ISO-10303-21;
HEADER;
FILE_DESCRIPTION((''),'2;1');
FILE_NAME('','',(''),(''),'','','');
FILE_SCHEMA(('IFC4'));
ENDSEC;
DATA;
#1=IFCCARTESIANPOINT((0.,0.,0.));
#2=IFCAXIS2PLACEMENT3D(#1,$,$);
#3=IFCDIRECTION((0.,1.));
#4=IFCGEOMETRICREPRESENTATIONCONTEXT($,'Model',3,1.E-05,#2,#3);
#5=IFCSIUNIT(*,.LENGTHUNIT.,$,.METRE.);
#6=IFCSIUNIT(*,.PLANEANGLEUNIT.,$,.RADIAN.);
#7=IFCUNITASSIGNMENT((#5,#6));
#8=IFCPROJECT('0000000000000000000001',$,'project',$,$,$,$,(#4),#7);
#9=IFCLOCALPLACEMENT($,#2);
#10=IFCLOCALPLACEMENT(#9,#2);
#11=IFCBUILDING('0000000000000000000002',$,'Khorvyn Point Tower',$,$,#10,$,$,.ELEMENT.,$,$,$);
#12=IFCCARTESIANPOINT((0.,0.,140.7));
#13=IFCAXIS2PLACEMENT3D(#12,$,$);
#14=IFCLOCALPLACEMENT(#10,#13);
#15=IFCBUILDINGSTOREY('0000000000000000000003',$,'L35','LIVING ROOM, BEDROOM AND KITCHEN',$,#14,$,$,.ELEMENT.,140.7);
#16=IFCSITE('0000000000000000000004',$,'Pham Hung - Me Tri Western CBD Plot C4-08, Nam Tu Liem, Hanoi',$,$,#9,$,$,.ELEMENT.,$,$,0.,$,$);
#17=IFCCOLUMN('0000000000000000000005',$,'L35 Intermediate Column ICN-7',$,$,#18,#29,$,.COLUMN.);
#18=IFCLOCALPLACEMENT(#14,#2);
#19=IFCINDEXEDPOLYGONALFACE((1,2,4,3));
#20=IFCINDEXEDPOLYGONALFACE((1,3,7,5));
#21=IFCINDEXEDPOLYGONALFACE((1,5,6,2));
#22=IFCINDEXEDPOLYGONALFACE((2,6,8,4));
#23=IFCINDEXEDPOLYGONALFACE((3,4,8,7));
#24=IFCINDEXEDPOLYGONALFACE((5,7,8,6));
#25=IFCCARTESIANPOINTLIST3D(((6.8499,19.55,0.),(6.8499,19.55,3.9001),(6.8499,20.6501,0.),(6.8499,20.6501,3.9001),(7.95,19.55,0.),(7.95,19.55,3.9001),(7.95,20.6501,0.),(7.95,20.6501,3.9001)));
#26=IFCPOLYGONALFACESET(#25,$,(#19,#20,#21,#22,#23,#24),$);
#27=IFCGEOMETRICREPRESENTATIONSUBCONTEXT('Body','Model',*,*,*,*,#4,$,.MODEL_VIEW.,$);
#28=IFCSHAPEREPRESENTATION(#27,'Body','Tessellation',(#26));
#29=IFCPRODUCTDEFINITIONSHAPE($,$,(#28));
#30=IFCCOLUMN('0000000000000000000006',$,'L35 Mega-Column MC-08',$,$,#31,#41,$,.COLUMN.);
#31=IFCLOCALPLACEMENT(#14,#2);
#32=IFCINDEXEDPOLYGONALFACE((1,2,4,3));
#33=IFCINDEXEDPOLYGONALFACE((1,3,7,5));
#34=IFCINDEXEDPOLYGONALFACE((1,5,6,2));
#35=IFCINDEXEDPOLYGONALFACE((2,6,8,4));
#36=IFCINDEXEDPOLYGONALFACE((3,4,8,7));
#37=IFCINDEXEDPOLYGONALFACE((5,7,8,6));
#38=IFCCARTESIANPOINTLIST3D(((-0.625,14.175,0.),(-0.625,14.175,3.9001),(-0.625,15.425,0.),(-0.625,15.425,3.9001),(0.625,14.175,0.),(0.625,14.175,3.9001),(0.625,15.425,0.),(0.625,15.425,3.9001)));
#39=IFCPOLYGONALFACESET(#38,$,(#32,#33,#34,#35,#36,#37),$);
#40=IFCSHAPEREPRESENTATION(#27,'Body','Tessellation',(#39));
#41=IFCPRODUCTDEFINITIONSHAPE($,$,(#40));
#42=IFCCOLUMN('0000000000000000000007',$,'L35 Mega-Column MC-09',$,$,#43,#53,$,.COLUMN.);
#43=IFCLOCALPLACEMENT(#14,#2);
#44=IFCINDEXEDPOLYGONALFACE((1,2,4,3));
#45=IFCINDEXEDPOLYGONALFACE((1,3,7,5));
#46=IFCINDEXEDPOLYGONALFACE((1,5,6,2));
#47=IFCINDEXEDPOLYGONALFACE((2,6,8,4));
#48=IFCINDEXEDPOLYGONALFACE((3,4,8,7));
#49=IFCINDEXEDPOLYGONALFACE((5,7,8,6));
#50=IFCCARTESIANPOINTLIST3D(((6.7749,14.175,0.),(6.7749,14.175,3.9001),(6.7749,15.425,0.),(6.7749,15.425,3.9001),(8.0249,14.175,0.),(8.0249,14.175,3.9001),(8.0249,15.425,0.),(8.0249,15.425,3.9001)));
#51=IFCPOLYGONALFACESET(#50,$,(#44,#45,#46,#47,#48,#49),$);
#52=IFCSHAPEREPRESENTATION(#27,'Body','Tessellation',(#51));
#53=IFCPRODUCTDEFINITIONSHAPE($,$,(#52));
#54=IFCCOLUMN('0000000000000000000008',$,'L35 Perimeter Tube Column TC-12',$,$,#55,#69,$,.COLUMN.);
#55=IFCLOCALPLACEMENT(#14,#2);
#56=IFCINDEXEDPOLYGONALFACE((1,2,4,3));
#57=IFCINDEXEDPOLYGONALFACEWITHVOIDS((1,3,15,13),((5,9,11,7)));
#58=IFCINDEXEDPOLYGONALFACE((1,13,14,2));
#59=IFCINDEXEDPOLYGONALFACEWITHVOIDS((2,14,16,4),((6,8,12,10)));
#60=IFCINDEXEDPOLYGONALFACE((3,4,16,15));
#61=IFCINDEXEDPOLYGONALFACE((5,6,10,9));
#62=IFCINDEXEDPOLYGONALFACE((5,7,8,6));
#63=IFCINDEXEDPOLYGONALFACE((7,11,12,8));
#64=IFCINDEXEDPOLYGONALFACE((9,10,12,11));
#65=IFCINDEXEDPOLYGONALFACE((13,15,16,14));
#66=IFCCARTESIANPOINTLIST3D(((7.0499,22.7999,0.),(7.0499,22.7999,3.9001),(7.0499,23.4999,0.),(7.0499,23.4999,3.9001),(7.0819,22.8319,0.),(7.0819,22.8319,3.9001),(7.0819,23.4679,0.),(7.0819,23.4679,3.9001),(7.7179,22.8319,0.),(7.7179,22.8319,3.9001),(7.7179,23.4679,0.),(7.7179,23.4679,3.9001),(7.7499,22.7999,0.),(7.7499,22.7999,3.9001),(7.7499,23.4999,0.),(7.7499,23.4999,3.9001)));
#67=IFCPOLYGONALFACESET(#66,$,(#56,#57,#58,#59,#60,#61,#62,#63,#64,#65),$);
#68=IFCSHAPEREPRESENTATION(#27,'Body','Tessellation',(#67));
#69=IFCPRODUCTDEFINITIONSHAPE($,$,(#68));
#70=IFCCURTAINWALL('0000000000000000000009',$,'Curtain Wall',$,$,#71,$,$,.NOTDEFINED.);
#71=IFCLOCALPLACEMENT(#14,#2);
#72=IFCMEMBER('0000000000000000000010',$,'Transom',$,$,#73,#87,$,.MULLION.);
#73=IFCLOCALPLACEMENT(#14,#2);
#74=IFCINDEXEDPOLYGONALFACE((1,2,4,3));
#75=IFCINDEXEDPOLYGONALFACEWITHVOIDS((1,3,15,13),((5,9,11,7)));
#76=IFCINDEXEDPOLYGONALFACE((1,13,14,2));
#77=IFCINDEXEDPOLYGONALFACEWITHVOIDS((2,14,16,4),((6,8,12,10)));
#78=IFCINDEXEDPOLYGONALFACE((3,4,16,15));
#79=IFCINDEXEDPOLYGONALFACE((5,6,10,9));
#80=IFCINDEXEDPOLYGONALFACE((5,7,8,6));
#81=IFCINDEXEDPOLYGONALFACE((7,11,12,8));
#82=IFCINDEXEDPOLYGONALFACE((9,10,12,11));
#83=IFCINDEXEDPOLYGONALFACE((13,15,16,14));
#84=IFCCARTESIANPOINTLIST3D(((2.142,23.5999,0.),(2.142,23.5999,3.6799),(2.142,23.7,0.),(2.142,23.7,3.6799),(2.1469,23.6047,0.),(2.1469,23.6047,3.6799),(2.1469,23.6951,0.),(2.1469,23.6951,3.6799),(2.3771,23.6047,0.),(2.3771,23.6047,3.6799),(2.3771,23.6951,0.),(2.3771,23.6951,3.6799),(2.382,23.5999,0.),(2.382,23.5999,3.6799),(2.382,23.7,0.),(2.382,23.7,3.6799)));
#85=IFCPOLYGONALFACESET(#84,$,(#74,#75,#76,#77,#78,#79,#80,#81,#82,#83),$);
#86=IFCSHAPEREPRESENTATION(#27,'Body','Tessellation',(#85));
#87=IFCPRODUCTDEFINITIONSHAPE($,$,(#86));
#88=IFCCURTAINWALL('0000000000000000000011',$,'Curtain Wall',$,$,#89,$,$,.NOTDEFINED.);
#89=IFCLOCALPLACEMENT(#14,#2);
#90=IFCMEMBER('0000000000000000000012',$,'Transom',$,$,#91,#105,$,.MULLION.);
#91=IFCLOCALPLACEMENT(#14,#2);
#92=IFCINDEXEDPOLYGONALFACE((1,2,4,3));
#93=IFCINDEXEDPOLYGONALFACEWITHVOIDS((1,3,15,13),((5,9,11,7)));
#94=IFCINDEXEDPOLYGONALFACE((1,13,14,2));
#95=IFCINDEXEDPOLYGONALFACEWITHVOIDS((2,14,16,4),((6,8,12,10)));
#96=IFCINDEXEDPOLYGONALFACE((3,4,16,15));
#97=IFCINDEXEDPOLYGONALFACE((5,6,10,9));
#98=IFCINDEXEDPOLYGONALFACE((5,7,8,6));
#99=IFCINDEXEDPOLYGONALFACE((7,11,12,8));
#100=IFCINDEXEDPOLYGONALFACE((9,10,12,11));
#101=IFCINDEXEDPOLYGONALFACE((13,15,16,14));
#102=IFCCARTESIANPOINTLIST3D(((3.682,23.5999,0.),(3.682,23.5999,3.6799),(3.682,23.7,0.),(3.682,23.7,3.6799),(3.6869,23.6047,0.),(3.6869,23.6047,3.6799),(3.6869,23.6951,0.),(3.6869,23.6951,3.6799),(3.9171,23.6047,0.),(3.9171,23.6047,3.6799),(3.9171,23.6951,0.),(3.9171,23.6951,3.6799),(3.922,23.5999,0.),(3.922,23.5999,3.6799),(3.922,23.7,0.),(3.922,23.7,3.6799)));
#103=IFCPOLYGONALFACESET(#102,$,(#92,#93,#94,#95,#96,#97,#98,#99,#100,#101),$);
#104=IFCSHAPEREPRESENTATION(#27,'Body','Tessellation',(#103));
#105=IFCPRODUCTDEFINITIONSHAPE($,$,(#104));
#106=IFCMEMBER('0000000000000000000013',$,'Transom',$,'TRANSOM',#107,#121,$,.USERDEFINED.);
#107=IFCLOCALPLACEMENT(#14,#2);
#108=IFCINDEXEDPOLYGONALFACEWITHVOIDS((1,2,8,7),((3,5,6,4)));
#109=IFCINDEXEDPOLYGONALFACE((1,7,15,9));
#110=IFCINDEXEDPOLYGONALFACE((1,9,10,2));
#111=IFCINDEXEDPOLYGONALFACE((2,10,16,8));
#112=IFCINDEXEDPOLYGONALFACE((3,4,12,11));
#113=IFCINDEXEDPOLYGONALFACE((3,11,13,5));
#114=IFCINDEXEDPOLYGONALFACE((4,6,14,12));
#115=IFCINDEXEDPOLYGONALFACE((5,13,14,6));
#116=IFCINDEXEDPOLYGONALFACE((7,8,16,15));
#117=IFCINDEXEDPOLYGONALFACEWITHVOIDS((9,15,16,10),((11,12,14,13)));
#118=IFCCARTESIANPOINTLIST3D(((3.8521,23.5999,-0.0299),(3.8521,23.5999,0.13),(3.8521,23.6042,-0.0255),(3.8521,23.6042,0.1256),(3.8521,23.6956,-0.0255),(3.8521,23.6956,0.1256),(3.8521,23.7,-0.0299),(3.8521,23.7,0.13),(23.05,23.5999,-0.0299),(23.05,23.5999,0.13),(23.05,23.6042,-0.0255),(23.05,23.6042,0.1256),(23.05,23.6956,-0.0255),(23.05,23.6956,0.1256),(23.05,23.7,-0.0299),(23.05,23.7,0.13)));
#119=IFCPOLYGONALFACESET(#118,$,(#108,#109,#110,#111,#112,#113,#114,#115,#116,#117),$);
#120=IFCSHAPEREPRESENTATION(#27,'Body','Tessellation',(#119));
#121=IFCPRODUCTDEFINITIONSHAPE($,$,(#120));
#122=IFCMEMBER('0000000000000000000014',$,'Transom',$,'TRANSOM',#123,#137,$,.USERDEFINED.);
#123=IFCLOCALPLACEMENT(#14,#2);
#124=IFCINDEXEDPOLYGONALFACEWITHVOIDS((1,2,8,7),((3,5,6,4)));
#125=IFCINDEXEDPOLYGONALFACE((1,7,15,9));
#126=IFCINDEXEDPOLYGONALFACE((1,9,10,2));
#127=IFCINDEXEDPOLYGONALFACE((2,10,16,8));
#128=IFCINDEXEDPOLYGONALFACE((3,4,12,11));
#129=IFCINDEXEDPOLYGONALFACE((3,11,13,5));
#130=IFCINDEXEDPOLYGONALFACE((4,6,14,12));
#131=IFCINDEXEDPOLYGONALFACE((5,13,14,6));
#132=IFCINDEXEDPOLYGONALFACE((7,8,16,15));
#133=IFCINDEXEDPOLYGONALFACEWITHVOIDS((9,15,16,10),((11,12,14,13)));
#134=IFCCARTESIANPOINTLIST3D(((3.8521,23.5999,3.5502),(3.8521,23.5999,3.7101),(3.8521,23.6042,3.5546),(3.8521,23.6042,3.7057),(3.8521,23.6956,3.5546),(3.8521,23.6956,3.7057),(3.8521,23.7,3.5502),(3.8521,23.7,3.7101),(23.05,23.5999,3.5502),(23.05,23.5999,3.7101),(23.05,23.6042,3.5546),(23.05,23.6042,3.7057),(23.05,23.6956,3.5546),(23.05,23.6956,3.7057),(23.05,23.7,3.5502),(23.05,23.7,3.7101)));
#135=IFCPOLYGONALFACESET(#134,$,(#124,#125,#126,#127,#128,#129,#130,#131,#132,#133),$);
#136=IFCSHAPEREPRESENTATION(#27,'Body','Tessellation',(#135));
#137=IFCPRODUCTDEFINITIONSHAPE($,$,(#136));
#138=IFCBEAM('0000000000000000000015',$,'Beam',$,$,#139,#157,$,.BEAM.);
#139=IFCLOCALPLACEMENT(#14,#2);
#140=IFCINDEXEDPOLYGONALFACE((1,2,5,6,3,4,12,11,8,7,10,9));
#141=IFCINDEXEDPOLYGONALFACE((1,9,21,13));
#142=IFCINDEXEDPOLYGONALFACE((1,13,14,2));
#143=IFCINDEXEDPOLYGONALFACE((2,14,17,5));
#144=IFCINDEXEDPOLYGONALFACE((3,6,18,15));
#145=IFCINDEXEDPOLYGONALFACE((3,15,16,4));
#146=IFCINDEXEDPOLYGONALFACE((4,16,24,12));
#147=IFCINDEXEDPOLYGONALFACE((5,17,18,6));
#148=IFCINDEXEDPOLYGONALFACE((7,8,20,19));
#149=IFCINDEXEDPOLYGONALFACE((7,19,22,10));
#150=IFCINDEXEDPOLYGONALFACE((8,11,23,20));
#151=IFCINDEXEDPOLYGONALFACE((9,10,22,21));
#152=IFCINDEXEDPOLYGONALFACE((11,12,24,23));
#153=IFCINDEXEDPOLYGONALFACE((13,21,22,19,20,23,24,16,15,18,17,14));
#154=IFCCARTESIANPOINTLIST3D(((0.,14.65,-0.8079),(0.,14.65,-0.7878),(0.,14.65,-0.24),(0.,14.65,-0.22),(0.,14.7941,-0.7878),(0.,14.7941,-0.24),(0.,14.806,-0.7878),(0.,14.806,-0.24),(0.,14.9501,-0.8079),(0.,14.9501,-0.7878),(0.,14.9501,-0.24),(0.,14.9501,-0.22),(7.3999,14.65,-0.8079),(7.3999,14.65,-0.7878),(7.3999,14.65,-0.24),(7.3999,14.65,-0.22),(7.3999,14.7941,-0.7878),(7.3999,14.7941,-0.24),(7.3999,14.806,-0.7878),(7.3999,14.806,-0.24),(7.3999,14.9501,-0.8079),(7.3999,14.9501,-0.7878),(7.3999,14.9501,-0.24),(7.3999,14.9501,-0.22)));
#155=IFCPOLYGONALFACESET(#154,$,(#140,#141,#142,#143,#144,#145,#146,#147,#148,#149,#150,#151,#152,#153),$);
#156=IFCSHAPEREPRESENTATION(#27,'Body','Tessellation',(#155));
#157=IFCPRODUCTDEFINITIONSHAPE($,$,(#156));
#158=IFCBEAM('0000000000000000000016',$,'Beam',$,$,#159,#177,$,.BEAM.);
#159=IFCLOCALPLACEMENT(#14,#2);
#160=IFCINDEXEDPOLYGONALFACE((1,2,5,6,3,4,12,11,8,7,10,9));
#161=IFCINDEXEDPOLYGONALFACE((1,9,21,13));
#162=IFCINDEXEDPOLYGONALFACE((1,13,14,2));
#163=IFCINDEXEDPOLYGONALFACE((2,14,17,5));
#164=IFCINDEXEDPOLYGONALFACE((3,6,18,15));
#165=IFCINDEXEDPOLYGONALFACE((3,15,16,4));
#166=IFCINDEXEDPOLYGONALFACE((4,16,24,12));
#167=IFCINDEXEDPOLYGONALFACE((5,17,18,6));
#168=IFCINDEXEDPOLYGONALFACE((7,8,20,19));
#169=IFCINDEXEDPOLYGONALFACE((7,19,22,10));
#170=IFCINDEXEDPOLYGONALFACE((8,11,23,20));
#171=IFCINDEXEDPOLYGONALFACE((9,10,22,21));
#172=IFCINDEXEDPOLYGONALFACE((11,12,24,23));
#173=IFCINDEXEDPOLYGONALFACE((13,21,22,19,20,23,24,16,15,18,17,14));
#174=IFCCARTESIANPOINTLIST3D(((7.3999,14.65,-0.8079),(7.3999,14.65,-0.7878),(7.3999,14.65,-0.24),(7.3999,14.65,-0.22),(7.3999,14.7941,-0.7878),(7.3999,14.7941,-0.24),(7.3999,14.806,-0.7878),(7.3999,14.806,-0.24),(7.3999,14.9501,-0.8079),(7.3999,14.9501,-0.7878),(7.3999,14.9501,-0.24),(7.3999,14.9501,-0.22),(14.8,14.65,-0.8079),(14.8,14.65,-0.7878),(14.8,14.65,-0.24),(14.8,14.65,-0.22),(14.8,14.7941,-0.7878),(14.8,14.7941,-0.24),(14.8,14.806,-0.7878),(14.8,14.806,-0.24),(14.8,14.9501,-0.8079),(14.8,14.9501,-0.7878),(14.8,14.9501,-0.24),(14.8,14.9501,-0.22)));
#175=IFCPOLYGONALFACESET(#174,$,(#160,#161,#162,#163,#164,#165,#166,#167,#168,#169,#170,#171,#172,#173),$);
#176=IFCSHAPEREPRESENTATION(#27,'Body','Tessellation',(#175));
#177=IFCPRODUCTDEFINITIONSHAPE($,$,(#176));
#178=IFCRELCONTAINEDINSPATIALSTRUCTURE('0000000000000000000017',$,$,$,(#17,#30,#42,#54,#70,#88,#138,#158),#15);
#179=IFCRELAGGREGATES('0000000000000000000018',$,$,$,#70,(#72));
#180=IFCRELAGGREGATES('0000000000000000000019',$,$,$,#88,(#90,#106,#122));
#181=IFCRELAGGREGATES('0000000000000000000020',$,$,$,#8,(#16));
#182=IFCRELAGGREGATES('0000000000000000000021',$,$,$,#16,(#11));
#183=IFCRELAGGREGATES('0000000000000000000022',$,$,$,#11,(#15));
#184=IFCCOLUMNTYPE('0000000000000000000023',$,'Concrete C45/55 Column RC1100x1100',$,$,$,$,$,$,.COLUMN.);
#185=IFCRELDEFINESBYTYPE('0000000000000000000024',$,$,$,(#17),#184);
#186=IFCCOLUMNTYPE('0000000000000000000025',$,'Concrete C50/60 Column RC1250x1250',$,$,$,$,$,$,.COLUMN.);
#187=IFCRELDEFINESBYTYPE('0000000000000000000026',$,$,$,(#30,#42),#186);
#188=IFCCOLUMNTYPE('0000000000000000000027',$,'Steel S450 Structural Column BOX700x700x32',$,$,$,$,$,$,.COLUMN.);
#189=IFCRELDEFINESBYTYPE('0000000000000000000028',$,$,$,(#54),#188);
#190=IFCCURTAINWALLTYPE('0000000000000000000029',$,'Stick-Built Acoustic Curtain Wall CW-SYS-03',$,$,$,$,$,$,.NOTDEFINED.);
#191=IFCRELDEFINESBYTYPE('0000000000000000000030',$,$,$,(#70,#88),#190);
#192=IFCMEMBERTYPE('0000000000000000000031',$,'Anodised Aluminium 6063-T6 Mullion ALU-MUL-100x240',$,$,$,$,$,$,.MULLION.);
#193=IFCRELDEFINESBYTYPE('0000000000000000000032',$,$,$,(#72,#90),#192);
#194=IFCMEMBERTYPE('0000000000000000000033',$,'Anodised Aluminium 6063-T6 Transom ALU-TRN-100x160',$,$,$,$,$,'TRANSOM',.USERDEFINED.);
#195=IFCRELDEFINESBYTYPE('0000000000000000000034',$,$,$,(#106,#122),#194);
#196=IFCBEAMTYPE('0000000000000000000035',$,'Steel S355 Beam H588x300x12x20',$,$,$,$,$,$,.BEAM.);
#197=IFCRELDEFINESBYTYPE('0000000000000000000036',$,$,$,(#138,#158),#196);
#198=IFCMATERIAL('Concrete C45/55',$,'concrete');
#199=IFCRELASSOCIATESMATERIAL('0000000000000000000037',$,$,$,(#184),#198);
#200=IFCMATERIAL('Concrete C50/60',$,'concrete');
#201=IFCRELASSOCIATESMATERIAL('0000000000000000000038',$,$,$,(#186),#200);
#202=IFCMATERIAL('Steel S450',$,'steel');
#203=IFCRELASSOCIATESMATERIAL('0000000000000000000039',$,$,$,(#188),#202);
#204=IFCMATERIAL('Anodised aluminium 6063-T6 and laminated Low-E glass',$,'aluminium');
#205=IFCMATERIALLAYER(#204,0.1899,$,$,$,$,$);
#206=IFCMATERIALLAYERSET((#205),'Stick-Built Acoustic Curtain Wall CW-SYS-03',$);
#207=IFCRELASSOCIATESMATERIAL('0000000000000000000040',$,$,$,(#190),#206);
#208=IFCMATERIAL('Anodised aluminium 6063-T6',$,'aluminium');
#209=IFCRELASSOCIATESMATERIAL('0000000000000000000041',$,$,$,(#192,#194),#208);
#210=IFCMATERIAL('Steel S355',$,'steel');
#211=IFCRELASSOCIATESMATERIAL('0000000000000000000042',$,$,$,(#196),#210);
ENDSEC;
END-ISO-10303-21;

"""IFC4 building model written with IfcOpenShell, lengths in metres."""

from ifc_helpers import new_model, si_unit, direction, frame, origin, origin_2d, place, context, subcontext, project, spatial, rectangle, hollow_rectangle, i_section, extrude, material, layer, layer_set, material_profile, profile_set, type_object, element, aggregate, save


model = new_model("IFC4")

# Units and contexts
model_context = context("Model", 3, precision=1e-05, world=origin(), true_north=direction((0.0, 1.0)))
body_context = subcontext(model_context, "Body", "Model", "MODEL_VIEW")
ifc_project = project(units=[si_unit("LENGTHUNIT", "METRE"), si_unit("PLANEANGLEUNIT", "RADIAN")], contexts=[model_context])

# Site, building, storey
site_placement = place(None, origin())
site = spatial("IfcSite", under=ifc_project, at=site_placement, Name="Pham Hung - Me Tri Western CBD Plot C4-08, Nam Tu Liem, Hanoi", CompositionType="ELEMENT", RefElevation=0.0)
building_placement = place(site_placement, origin())
building = spatial("IfcBuilding", under=site, at=building_placement, Name="Khorvyn Point Tower", CompositionType="ELEMENT")
storey_placement = place(building_placement, frame((0.0, 0.0, 140.7)))
storey = spatial("IfcBuildingStorey", under=building, at=storey_placement, Name="L35", Description="LIVING ROOM, BEDROOM AND KITCHEN", CompositionType="ELEMENT", Elevation=140.7)

# Columns
ifc_material_1 = material(Name="Concrete C45/55", Category="concrete")
ifc_material_profile_1 = material_profile(ifc_material_1, rectangle(XDim=1.1001, YDim=1.1001, at=origin_2d()))
ifc_profile_set_1 = profile_set([ifc_material_profile_1], Name="Concrete C45/55 RC1100x1100")
column_type_1 = type_object("IfcColumnType", Name="Concrete C45/55 Column RC1100x1100", PredefinedType="COLUMN", material=ifc_profile_set_1)
column_1_placement = place(storey_placement, frame((7.3999, 20.1001, 0.0), z_axis=(0.0, 0.0, 1.0), x_axis=(1.0, 0.0, 0.0)))
element("IfcColumn", 1, at=column_1_placement, inside=storey, type_object=column_type_1, Name="L35 Intermediate Column ICN-7", PredefinedType="COLUMN", context=body_context, shape_type="SweptSolid", body=[
    extrude(rectangle(XDim=1.1001, YDim=1.1001, at=origin_2d()), origin(), (0.0, 0.0, 1.0), 3.9001),
])
ifc_material_2 = material(Name="Concrete C50/60", Category="concrete")
ifc_material_profile_2 = material_profile(ifc_material_2, rectangle(XDim=1.25, YDim=1.25, at=origin_2d()))
ifc_profile_set_2 = profile_set([ifc_material_profile_2], Name="Concrete C50/60 RC1250x1250")
column_type_2 = type_object("IfcColumnType", Name="Concrete C50/60 Column RC1250x1250", PredefinedType="COLUMN", material=ifc_profile_set_2)
for number, where, z_axis, x_axis, name in (
    (2, (0.0, 14.8, 0.0), (0.0, 0.0, 1.0), (1.0, 0.0, 0.0), "L35 Mega-Column MC-08"),
    (3, (7.3999, 14.8, 0.0), (0.0, 0.0, 1.0), (1.0, 0.0, 0.0), "L35 Mega-Column MC-09"),
):
    element("IfcColumn", number, at=place(storey_placement, frame(where, z_axis=z_axis, x_axis=x_axis)), inside=storey, type_object=column_type_2, Name=name, PredefinedType="COLUMN", context=body_context, shape_type="SweptSolid", body=[
        extrude(rectangle(XDim=1.25, YDim=1.25, at=origin_2d()), origin(), (0.0, 0.0, 1.0), 3.9001),
    ])
ifc_material_3 = material(Name="Steel S450", Category="steel")
ifc_material_profile_3 = material_profile(ifc_material_3, hollow_rectangle(XDim=0.7, YDim=0.7, WallThickness=0.032, at=origin_2d()))
ifc_profile_set_3 = profile_set([ifc_material_profile_3], Name="Steel S450 BOX700x700x32")
column_type_3 = type_object("IfcColumnType", Name="Steel S450 Structural Column BOX700x700x32", PredefinedType="COLUMN", material=ifc_profile_set_3)
column_2_placement = place(storey_placement, frame((7.3999, 23.1499, 0.0), z_axis=(0.0, 0.0, 1.0), x_axis=(1.0, 0.0, 0.0)))
element("IfcColumn", 4, at=column_2_placement, inside=storey, type_object=column_type_3, Name="L35 Perimeter Tube Column TC-12", PredefinedType="COLUMN", context=body_context, shape_type="SweptSolid", body=[
    extrude(hollow_rectangle(XDim=0.7, YDim=0.7, WallThickness=0.032, at=origin_2d()), origin(), (0.0, 0.0, 1.0), 3.9001),
])

# Curtain wall, member
ifc_material_4 = material(Name="Anodised aluminium 6063-T6 and laminated Low-E glass", Category="aluminium")
ifc_layer_1 = layer(ifc_material_4, 0.1899)
ifc_layer_set_1 = layer_set([ifc_layer_1], Name="Stick-Built Acoustic Curtain Wall CW-SYS-03")
curtain_wall_type = type_object("IfcCurtainWallType", Name="Stick-Built Acoustic Curtain Wall CW-SYS-03", PredefinedType="NOTDEFINED", material=ifc_layer_set_1)
curtain_wall_1_placement = place(storey_placement, origin())
curtain_wall_1 = element("IfcCurtainWall", 5, at=curtain_wall_1_placement, inside=storey, type_object=curtain_wall_type, Name="Curtain Wall", PredefinedType="NOTDEFINED")
ifc_material_5 = material(Name="Anodised aluminium 6063-T6", Category="aluminium")
ifc_material_profile_4 = material_profile(ifc_material_5, hollow_rectangle(XDim=0.1001, YDim=0.24, WallThickness=0.0049, at=origin_2d()))
ifc_profile_set_4 = profile_set([ifc_material_profile_4], Name="Anodised aluminium 6063-T6 ALU-MUL-100x240")
member_type_1 = type_object("IfcMemberType", Name="Anodised Aluminium 6063-T6 Mullion ALU-MUL-100x240", PredefinedType="MULLION", material=ifc_profile_set_4)
member_1_placement = place(storey_placement, frame((2.262, 23.6499, 0.0), z_axis=(0.0, 0.0, 1.0), x_axis=(0.0, 1.0, 0.0)))
member_1 = element("IfcMember", 6, at=member_1_placement, type_object=member_type_1, Name="Transom", PredefinedType="MULLION", context=body_context, shape_type="SweptSolid", body=[
    extrude(hollow_rectangle(XDim=0.1001, YDim=0.24, WallThickness=0.0049, at=origin_2d()), origin(), (0.0, 0.0, 1.0), 3.6799),
])

# Curtain wall, members
curtain_wall_2_placement = place(storey_placement, origin())
curtain_wall_2 = element("IfcCurtainWall", 7, at=curtain_wall_2_placement, inside=storey, type_object=curtain_wall_type, Name="Curtain Wall", PredefinedType="NOTDEFINED")
member_2_placement = place(storey_placement, frame((3.802, 23.6499, 0.0), z_axis=(0.0, 0.0, 1.0), x_axis=(0.0, 1.0, 0.0)))
member_2 = element("IfcMember", 8, at=member_2_placement, type_object=member_type_1, Name="Transom", PredefinedType="MULLION", context=body_context, shape_type="SweptSolid", body=[
    extrude(hollow_rectangle(XDim=0.1001, YDim=0.24, WallThickness=0.0049, at=origin_2d()), origin(), (0.0, 0.0, 1.0), 3.6799),
])
ifc_material_profile_5 = material_profile(ifc_material_5, hollow_rectangle(XDim=0.1001, YDim=0.1599, WallThickness=0.0044, at=origin_2d()))
ifc_profile_set_5 = profile_set([ifc_material_profile_5], Name="Anodised aluminium 6063-T6 ALU-TRN-100x160")
member_type_2 = type_object("IfcMemberType", Name="Anodised Aluminium 6063-T6 Transom ALU-TRN-100x160", ElementType="TRANSOM", PredefinedType="USERDEFINED", material=ifc_profile_set_5)
member_3_placement = place(storey_placement, frame((3.8521, 23.6499, 0.05), z_axis=(1.0, 0.0, 0.0), x_axis=(0.0, 1.0, 0.0)))
member_3 = element("IfcMember", 9, at=member_3_placement, type_object=member_type_2, Name="Transom", ObjectType="TRANSOM", PredefinedType="USERDEFINED", context=body_context, shape_type="SweptSolid", body=[
    extrude(hollow_rectangle(XDim=0.1001, YDim=0.1599, WallThickness=0.0044, at=origin_2d()), origin(), (0.0, 0.0, 1.0), 19.198),
])
member_4_placement = place(storey_placement, frame((3.8521, 23.6499, 3.6301), z_axis=(1.0, 0.0, 0.0), x_axis=(0.0, 1.0, 0.0)))
member_4 = element("IfcMember", 10, at=member_4_placement, type_object=member_type_2, Name="Transom", ObjectType="TRANSOM", PredefinedType="USERDEFINED", context=body_context, shape_type="SweptSolid", body=[
    extrude(hollow_rectangle(XDim=0.1001, YDim=0.1599, WallThickness=0.0044, at=origin_2d()), origin(), (0.0, 0.0, 1.0), 19.198),
])

# Beams
ifc_material_6 = material(Name="Steel S355", Category="steel")
ifc_material_profile_6 = material_profile(ifc_material_6, i_section(OverallWidth=0.3, OverallDepth=0.5879, WebThickness=0.012, FlangeThickness=0.02, at=origin_2d()))
ifc_profile_set_6 = profile_set([ifc_material_profile_6], Name="Steel S355 H588x300x12x20")
beam_type_1 = type_object("IfcBeamType", Name="Steel S355 Beam H588x300x12x20", PredefinedType="BEAM", material=ifc_profile_set_6)
beam_1_placement = place(storey_placement, frame((0.0, 14.8, -0.5139), z_axis=(1.0, 0.0, 0.0), x_axis=(0.0, 1.0, 0.0)))
element("IfcBeam", 11, at=beam_1_placement, inside=storey, type_object=beam_type_1, Name="Beam", PredefinedType="BEAM", context=body_context, shape_type="SweptSolid", body=[
    extrude(i_section(OverallWidth=0.3, OverallDepth=0.5879, WebThickness=0.012, FlangeThickness=0.02, at=origin_2d()), origin(), (0.0, 0.0, 1.0), 7.3999),
])
for number, where, z_axis, x_axis, name in (
    (12, (7.3999, 14.8, -0.5139), (1.0, 0.0, 0.0), (0.0, 1.0, 0.0), "Beam"),
):
    element("IfcBeam", number, at=place(storey_placement, frame(where, z_axis=z_axis, x_axis=x_axis)), inside=storey, type_object=beam_type_1, Name=name, PredefinedType="BEAM", context=body_context, shape_type="SweptSolid", body=[
        extrude(i_section(OverallWidth=0.3, OverallDepth=0.5879, WebThickness=0.012, FlangeThickness=0.02, at=origin_2d()), origin(), (0.0, 0.0, 1.0), 7.4001),
    ])

aggregate(curtain_wall_1, [member_1])
aggregate(curtain_wall_2, [member_2, member_3, member_4])

save(model, "model.ifc")
